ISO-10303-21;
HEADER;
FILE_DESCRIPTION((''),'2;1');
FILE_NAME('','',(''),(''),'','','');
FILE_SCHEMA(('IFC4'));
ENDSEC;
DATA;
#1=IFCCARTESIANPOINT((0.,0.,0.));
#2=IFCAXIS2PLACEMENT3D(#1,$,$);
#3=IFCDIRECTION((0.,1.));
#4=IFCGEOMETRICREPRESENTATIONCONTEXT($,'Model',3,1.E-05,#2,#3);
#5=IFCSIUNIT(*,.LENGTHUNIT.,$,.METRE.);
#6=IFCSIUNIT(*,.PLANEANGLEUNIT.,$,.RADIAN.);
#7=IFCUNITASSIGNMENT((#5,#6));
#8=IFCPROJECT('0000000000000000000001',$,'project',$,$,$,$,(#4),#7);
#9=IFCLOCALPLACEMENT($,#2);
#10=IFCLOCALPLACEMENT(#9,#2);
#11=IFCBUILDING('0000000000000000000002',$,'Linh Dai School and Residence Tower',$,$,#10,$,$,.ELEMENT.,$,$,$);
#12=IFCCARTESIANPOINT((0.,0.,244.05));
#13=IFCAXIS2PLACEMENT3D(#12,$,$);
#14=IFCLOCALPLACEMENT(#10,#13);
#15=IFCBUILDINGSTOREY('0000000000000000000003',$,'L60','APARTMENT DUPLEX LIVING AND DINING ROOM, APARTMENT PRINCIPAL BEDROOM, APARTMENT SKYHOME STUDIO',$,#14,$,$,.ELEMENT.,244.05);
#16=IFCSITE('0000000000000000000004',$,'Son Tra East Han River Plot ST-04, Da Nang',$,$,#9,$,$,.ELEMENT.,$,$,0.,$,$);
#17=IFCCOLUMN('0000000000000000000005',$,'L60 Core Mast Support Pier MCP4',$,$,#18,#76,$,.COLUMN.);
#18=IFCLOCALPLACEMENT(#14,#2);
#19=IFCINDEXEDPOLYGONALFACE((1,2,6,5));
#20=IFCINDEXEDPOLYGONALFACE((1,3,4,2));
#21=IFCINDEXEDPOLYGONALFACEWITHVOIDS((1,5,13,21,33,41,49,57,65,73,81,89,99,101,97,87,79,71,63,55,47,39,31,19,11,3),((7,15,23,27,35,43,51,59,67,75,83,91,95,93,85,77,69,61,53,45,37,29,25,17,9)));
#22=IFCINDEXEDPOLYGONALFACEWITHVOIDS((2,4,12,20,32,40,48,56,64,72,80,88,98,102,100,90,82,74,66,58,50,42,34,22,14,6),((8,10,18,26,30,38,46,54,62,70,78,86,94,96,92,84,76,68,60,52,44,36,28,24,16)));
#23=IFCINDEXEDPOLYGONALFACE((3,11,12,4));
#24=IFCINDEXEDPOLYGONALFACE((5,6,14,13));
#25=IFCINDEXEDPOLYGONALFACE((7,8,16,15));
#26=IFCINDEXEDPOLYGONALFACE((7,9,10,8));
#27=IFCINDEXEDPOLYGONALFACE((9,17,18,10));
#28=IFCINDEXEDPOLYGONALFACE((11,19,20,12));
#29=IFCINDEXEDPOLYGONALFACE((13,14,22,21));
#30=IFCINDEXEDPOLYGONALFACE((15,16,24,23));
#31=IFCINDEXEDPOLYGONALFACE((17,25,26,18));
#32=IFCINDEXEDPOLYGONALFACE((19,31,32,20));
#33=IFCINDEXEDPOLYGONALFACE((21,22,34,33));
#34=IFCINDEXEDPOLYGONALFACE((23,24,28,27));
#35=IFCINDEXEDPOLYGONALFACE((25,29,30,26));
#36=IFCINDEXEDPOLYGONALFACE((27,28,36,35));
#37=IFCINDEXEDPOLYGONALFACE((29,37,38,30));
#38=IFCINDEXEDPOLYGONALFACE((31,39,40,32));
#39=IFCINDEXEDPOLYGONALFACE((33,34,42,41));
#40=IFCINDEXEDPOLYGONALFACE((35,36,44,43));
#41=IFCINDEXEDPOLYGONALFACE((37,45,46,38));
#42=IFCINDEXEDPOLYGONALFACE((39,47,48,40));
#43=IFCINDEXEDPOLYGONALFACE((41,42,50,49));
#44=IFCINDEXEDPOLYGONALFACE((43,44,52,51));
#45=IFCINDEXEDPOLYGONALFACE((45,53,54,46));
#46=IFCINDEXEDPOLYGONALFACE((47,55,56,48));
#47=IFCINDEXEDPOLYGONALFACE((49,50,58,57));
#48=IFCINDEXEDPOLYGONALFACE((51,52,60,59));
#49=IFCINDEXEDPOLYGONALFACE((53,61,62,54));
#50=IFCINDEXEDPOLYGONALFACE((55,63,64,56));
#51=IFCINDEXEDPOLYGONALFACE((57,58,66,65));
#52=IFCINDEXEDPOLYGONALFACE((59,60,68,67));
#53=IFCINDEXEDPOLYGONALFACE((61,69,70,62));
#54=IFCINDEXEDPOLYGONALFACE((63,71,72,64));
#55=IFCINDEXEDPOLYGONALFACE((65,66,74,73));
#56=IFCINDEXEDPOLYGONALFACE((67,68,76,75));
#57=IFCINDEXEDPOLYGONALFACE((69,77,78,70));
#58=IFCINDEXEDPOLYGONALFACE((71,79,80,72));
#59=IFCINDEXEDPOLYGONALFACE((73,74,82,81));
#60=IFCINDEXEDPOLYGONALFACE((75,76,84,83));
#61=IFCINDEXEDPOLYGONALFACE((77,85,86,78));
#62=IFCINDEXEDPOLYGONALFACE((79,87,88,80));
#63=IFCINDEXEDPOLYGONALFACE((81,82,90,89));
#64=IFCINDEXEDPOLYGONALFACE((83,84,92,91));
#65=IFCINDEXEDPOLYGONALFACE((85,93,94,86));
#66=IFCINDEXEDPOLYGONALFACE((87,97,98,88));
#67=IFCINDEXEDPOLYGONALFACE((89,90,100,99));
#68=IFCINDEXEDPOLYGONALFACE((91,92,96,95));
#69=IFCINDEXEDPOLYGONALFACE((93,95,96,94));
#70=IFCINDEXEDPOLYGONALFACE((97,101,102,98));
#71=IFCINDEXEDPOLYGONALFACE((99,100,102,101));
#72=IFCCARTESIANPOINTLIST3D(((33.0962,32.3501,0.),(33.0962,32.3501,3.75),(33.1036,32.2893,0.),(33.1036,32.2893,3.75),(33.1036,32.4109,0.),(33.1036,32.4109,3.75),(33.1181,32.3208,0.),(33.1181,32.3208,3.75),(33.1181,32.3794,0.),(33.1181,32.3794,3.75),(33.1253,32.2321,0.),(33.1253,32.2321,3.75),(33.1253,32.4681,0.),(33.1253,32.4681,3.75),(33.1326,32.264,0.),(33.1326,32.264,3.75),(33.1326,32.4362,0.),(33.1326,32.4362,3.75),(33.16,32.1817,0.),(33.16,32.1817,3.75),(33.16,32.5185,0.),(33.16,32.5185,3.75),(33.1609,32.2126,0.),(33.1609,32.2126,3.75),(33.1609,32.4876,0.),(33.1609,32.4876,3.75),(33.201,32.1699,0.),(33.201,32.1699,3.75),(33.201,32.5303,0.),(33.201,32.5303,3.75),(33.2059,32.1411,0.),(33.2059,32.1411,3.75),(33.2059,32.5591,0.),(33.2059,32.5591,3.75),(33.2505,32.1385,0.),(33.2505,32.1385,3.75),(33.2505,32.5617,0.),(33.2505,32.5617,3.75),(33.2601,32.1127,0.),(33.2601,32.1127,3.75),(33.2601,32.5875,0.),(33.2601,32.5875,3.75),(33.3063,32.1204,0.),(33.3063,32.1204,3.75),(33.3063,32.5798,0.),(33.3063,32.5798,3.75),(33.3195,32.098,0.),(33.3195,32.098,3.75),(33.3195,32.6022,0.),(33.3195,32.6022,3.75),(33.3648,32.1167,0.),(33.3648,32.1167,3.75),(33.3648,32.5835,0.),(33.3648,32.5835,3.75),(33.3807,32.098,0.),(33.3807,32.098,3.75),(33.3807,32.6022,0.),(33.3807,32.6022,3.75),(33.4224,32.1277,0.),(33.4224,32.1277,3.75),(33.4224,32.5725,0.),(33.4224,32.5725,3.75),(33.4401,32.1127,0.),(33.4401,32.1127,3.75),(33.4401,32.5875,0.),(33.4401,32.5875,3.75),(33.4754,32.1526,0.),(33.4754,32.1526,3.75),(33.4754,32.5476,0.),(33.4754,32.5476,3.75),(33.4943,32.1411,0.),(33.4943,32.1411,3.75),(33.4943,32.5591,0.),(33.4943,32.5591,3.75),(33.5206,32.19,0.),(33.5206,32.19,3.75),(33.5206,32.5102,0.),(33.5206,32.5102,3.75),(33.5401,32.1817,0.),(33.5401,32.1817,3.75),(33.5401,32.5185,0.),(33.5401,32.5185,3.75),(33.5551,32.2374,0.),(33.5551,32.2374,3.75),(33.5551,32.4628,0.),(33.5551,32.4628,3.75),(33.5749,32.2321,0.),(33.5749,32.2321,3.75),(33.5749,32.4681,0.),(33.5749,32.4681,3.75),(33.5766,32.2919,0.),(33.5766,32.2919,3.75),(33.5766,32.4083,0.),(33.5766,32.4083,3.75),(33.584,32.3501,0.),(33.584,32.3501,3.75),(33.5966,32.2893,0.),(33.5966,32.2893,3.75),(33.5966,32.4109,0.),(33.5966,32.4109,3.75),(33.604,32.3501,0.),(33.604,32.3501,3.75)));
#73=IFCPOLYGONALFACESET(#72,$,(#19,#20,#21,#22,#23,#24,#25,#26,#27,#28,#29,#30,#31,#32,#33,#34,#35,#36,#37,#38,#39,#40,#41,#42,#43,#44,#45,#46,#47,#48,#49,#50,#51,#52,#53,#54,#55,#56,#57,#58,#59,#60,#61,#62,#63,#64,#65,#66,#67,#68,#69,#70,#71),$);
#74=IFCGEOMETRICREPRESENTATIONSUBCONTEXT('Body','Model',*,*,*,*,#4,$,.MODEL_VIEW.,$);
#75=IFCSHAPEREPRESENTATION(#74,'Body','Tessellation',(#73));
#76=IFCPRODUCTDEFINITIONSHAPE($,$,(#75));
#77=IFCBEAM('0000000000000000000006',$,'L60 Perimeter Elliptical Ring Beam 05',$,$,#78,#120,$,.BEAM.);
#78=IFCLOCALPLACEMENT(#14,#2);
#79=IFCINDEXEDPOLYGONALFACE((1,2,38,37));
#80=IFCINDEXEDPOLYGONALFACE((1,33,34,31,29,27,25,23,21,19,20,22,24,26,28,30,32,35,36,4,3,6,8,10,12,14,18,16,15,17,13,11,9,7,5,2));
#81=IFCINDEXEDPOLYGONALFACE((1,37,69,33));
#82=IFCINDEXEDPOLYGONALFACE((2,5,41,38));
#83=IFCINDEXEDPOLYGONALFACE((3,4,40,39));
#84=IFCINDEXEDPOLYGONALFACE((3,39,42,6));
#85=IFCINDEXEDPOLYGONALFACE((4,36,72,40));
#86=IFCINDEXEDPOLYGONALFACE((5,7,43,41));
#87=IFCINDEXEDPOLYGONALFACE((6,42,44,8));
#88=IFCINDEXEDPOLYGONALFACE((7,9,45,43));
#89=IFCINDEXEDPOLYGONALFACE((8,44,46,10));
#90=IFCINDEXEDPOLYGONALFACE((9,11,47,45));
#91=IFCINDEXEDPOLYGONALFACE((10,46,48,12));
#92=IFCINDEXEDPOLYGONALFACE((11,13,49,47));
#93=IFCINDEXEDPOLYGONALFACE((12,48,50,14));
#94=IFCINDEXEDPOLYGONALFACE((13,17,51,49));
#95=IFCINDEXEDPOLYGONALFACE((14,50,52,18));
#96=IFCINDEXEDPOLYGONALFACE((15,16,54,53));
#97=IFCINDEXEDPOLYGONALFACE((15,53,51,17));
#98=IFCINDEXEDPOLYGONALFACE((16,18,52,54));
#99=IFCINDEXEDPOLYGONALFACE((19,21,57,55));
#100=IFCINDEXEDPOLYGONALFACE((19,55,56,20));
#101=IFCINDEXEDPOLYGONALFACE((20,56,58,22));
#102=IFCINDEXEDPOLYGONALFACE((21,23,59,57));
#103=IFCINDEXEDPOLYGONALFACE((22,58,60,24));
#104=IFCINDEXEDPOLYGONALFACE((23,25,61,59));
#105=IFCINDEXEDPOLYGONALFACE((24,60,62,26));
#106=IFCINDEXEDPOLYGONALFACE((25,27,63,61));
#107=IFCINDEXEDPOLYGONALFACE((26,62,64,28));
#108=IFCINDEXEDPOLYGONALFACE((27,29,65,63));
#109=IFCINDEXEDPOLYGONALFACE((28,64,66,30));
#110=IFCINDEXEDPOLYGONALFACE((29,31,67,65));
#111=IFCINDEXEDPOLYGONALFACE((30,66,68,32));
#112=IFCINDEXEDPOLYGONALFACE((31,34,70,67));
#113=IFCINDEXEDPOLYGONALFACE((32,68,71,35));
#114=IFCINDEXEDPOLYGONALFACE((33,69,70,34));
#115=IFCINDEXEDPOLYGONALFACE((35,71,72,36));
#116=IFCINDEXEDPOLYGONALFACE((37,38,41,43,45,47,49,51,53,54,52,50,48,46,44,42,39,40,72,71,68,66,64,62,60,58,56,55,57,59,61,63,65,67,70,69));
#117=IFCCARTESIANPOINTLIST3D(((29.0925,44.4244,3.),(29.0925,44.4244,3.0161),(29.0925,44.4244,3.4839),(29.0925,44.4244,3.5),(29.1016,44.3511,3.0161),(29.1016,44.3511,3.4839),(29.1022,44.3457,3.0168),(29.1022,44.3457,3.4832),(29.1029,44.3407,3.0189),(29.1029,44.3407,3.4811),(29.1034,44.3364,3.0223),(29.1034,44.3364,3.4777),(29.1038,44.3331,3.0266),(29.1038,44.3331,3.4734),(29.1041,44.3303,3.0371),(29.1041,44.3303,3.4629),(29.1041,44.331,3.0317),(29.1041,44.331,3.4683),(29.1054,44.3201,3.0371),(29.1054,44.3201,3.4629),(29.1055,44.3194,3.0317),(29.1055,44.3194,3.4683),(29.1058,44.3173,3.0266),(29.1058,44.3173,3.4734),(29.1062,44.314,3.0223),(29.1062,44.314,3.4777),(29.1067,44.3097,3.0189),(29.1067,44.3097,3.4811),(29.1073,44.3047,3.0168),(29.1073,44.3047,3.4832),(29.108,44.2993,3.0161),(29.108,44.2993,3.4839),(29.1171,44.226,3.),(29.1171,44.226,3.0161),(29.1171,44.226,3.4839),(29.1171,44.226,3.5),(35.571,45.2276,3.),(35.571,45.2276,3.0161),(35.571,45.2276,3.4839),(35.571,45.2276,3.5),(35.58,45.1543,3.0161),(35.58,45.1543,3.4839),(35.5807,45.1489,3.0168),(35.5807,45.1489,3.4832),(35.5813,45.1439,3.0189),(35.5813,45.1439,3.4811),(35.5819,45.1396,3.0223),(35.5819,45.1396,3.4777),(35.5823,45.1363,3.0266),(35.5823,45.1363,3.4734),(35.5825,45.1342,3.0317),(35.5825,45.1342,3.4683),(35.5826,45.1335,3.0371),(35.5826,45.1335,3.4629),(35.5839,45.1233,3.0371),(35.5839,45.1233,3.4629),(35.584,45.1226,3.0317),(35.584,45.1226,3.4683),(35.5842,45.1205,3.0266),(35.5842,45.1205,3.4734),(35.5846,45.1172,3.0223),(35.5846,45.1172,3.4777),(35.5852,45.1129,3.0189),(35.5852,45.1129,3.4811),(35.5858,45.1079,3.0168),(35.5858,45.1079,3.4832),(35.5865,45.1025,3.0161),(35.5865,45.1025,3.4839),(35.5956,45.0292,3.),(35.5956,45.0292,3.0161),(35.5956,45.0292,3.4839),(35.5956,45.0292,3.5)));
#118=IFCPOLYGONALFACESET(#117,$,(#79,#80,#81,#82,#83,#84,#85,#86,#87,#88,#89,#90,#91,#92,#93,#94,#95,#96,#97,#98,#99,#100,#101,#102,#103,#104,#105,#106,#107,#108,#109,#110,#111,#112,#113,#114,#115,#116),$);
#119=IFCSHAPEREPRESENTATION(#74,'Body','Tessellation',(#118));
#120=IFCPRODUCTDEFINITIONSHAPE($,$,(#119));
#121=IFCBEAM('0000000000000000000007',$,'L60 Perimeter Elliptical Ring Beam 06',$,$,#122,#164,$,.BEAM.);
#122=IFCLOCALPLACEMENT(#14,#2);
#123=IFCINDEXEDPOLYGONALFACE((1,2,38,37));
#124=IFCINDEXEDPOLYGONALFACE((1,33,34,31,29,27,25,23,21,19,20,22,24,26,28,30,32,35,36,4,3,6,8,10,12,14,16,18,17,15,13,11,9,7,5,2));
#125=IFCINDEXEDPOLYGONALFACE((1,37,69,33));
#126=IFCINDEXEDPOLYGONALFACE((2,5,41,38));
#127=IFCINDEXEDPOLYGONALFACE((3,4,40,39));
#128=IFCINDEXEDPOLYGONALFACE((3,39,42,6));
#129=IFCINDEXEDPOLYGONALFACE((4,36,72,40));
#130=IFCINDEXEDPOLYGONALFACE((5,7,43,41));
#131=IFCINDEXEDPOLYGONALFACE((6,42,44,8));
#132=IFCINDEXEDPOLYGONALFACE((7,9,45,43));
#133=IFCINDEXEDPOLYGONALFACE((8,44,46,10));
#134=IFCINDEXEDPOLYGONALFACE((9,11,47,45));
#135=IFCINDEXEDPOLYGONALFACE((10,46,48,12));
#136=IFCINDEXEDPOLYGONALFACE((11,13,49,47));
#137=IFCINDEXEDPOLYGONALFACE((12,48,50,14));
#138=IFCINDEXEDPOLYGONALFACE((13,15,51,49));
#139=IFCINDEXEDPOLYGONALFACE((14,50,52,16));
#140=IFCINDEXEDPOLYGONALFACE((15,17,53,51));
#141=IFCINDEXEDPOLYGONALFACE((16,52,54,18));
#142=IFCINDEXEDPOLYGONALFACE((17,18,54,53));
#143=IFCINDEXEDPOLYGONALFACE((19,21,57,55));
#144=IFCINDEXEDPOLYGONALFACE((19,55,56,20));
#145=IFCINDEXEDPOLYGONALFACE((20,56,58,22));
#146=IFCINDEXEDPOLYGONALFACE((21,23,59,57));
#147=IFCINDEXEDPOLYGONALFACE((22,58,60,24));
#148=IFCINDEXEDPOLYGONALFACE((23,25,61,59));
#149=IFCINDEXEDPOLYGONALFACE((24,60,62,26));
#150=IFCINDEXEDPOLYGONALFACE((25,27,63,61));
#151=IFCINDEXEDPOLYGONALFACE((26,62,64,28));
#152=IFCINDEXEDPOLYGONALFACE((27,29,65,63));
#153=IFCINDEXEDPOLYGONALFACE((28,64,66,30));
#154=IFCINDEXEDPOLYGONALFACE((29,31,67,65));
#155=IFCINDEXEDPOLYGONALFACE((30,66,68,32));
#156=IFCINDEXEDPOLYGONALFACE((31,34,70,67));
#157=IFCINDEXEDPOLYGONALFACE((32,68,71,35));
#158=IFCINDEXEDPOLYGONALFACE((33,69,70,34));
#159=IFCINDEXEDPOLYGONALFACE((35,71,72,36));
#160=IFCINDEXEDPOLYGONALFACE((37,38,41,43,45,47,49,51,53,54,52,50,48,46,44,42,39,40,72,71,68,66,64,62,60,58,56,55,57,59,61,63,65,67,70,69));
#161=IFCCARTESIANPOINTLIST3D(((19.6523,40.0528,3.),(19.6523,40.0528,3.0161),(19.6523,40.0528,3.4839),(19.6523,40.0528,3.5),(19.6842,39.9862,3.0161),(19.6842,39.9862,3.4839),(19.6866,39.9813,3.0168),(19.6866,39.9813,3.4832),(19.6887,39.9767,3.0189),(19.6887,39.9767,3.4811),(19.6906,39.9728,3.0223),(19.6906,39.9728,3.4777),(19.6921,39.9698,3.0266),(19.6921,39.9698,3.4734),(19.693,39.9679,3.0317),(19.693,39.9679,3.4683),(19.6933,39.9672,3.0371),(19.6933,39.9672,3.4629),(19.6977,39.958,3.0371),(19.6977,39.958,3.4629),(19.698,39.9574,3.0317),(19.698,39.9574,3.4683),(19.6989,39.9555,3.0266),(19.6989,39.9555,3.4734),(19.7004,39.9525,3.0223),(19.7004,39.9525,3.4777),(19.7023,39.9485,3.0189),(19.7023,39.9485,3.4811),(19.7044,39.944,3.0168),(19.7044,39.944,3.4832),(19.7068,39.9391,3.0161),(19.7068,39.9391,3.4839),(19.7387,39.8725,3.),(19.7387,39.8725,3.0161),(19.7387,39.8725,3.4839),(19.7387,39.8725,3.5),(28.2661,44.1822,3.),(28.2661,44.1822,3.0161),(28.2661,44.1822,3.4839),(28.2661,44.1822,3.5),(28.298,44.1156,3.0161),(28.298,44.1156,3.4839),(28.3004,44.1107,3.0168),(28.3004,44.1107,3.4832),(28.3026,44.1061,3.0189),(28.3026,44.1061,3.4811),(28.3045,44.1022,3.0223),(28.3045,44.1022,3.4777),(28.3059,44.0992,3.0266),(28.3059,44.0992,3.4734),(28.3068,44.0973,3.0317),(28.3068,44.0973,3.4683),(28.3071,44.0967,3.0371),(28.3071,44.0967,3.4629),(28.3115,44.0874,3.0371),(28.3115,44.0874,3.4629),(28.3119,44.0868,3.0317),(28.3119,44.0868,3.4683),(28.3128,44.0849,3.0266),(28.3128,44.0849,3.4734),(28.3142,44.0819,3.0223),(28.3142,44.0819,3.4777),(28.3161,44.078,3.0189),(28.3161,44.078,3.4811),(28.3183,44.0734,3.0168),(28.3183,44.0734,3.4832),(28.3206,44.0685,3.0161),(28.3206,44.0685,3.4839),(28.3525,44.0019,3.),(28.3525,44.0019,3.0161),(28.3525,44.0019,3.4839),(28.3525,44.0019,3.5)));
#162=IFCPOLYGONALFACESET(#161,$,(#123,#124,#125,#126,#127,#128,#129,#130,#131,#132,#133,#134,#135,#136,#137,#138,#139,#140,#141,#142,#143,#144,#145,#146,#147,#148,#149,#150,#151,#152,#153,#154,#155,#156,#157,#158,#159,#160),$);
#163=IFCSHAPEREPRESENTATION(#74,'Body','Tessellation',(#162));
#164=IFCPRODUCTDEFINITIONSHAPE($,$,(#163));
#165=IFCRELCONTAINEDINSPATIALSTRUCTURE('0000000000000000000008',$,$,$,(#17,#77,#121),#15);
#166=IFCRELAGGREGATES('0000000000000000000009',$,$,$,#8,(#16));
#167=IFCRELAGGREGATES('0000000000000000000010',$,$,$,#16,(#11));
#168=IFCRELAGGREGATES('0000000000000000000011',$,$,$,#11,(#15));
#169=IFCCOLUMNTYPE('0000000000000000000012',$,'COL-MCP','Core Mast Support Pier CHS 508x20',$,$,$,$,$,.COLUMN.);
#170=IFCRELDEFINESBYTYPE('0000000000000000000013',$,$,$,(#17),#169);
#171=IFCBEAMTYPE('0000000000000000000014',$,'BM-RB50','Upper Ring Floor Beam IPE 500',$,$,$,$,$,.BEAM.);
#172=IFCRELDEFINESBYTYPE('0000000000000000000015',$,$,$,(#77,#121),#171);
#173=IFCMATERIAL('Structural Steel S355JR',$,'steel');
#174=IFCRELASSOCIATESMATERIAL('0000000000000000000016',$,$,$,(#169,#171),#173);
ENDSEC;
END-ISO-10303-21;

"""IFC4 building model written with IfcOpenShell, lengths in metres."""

from ifc_helpers import new_model, si_unit, direction, frame, origin, origin_2d, place, context, subcontext, project, spatial, hollow_circle, i_section, extrude, material, material_profile, profile_set, type_object, element, save


model = new_model("IFC4")

# Units and contexts
model_context = context("Model", 3, precision=1e-05, world=origin(), true_north=direction((0.0, 1.0)))
body_context = subcontext(model_context, "Body", "Model", "MODEL_VIEW")
ifc_project = project(units=[si_unit("LENGTHUNIT", "METRE"), si_unit("PLANEANGLEUNIT", "RADIAN")], contexts=[model_context])

# Site, building, storey
site_placement = place(None, origin())
site = spatial("IfcSite", under=ifc_project, at=site_placement, Name="Son Tra East Han River Plot ST-04, Da Nang", CompositionType="ELEMENT", RefElevation=0.0)
building_placement = place(site_placement, origin())
building = spatial("IfcBuilding", under=site, at=building_placement, Name="Linh Dai School and Residence Tower", CompositionType="ELEMENT")
storey_placement = place(building_placement, frame((0.0, 0.0, 244.05)))
storey = spatial("IfcBuildingStorey", under=building, at=storey_placement, Name="L60", Description="APARTMENT DUPLEX LIVING AND DINING ROOM, APARTMENT PRINCIPAL BEDROOM, APARTMENT SKYHOME STUDIO", CompositionType="ELEMENT", Elevation=244.05)

# Column
ifc_material_1 = material(Name="Structural Steel S355JR", Category="steel")
ifc_material_profile_1 = material_profile(ifc_material_1, hollow_circle(Radius=0.2539, WallThickness=0.02, at=origin_2d()), Name="CHS 508x20")
ifc_profile_set_1 = profile_set([ifc_material_profile_1], Name="Structural Steel S355JR")
column_type_1 = type_object("IfcColumnType", Name="COL-MCP", Description="Core Mast Support Pier CHS 508x20", PredefinedType="COLUMN", material=ifc_profile_set_1)
column_1_placement = place(storey_placement, frame((33.3501, 32.3501, 0.0), z_axis=(0.0, 0.0, 1.0), x_axis=(1.0, 0.0, 0.0)))
element("IfcColumn", 1, at=column_1_placement, inside=storey, type_object=column_type_1, Name="L60 Core Mast Support Pier MCP4", PredefinedType="COLUMN", context=body_context, shape_type="SweptSolid", body=[
    extrude(hollow_circle(Radius=0.2539, WallThickness=0.02, at=origin_2d()), origin(), (0.0, 0.0, 1.0), 3.75),
])

# Beams
ifc_material_profile_2 = material_profile(ifc_material_1, i_section(OverallWidth=0.2, OverallDepth=0.5, WebThickness=0.0103, FlangeThickness=0.0161, FilletRadius=0.021, at=origin_2d()), Name="IPE 500")
ifc_profile_set_2 = profile_set([ifc_material_profile_2], Name="Structural Steel S355JR")
beam_type_1 = type_object("IfcBeamType", Name="BM-RB50", Description="Upper Ring Floor Beam IPE 500", PredefinedType="BEAM", material=ifc_profile_set_2)
beam_1_placement = place(storey_placement, frame((35.5833, 45.1284, 3.25), z_axis=(-0.992402, -0.12304, 0.0), x_axis=(0.12304, -0.992402, 0.0)))
element("IfcBeam", 2, at=beam_1_placement, inside=storey, type_object=beam_type_1, Name="L60 Perimeter Elliptical Ring Beam 05", PredefinedType="BEAM", context=body_context, shape_type="SweptSolid", body=[
    extrude(i_section(OverallWidth=0.2, OverallDepth=0.5, WebThickness=0.0103, FlangeThickness=0.0161, FilletRadius=0.021, at=origin_2d()), origin(), (0.0, 0.0, 1.0), 6.5281),
])
beam_2_placement = place(storey_placement, frame((28.3093, 44.092, 3.25), z_axis=(-0.901736, -0.432287, 0.0), x_axis=(0.432287, -0.901736, 0.0)))
element("IfcBeam", 3, at=beam_2_placement, inside=storey, type_object=beam_type_1, Name="L60 Perimeter Elliptical Ring Beam 06", PredefinedType="BEAM", context=body_context, shape_type="SweptSolid", body=[
    extrude(i_section(OverallWidth=0.2, OverallDepth=0.5, WebThickness=0.0103, FlangeThickness=0.0161, FilletRadius=0.021, at=origin_2d()), origin(), (0.0, 0.0, 1.0), 9.5525),
])

save(model, "model.ifc")
